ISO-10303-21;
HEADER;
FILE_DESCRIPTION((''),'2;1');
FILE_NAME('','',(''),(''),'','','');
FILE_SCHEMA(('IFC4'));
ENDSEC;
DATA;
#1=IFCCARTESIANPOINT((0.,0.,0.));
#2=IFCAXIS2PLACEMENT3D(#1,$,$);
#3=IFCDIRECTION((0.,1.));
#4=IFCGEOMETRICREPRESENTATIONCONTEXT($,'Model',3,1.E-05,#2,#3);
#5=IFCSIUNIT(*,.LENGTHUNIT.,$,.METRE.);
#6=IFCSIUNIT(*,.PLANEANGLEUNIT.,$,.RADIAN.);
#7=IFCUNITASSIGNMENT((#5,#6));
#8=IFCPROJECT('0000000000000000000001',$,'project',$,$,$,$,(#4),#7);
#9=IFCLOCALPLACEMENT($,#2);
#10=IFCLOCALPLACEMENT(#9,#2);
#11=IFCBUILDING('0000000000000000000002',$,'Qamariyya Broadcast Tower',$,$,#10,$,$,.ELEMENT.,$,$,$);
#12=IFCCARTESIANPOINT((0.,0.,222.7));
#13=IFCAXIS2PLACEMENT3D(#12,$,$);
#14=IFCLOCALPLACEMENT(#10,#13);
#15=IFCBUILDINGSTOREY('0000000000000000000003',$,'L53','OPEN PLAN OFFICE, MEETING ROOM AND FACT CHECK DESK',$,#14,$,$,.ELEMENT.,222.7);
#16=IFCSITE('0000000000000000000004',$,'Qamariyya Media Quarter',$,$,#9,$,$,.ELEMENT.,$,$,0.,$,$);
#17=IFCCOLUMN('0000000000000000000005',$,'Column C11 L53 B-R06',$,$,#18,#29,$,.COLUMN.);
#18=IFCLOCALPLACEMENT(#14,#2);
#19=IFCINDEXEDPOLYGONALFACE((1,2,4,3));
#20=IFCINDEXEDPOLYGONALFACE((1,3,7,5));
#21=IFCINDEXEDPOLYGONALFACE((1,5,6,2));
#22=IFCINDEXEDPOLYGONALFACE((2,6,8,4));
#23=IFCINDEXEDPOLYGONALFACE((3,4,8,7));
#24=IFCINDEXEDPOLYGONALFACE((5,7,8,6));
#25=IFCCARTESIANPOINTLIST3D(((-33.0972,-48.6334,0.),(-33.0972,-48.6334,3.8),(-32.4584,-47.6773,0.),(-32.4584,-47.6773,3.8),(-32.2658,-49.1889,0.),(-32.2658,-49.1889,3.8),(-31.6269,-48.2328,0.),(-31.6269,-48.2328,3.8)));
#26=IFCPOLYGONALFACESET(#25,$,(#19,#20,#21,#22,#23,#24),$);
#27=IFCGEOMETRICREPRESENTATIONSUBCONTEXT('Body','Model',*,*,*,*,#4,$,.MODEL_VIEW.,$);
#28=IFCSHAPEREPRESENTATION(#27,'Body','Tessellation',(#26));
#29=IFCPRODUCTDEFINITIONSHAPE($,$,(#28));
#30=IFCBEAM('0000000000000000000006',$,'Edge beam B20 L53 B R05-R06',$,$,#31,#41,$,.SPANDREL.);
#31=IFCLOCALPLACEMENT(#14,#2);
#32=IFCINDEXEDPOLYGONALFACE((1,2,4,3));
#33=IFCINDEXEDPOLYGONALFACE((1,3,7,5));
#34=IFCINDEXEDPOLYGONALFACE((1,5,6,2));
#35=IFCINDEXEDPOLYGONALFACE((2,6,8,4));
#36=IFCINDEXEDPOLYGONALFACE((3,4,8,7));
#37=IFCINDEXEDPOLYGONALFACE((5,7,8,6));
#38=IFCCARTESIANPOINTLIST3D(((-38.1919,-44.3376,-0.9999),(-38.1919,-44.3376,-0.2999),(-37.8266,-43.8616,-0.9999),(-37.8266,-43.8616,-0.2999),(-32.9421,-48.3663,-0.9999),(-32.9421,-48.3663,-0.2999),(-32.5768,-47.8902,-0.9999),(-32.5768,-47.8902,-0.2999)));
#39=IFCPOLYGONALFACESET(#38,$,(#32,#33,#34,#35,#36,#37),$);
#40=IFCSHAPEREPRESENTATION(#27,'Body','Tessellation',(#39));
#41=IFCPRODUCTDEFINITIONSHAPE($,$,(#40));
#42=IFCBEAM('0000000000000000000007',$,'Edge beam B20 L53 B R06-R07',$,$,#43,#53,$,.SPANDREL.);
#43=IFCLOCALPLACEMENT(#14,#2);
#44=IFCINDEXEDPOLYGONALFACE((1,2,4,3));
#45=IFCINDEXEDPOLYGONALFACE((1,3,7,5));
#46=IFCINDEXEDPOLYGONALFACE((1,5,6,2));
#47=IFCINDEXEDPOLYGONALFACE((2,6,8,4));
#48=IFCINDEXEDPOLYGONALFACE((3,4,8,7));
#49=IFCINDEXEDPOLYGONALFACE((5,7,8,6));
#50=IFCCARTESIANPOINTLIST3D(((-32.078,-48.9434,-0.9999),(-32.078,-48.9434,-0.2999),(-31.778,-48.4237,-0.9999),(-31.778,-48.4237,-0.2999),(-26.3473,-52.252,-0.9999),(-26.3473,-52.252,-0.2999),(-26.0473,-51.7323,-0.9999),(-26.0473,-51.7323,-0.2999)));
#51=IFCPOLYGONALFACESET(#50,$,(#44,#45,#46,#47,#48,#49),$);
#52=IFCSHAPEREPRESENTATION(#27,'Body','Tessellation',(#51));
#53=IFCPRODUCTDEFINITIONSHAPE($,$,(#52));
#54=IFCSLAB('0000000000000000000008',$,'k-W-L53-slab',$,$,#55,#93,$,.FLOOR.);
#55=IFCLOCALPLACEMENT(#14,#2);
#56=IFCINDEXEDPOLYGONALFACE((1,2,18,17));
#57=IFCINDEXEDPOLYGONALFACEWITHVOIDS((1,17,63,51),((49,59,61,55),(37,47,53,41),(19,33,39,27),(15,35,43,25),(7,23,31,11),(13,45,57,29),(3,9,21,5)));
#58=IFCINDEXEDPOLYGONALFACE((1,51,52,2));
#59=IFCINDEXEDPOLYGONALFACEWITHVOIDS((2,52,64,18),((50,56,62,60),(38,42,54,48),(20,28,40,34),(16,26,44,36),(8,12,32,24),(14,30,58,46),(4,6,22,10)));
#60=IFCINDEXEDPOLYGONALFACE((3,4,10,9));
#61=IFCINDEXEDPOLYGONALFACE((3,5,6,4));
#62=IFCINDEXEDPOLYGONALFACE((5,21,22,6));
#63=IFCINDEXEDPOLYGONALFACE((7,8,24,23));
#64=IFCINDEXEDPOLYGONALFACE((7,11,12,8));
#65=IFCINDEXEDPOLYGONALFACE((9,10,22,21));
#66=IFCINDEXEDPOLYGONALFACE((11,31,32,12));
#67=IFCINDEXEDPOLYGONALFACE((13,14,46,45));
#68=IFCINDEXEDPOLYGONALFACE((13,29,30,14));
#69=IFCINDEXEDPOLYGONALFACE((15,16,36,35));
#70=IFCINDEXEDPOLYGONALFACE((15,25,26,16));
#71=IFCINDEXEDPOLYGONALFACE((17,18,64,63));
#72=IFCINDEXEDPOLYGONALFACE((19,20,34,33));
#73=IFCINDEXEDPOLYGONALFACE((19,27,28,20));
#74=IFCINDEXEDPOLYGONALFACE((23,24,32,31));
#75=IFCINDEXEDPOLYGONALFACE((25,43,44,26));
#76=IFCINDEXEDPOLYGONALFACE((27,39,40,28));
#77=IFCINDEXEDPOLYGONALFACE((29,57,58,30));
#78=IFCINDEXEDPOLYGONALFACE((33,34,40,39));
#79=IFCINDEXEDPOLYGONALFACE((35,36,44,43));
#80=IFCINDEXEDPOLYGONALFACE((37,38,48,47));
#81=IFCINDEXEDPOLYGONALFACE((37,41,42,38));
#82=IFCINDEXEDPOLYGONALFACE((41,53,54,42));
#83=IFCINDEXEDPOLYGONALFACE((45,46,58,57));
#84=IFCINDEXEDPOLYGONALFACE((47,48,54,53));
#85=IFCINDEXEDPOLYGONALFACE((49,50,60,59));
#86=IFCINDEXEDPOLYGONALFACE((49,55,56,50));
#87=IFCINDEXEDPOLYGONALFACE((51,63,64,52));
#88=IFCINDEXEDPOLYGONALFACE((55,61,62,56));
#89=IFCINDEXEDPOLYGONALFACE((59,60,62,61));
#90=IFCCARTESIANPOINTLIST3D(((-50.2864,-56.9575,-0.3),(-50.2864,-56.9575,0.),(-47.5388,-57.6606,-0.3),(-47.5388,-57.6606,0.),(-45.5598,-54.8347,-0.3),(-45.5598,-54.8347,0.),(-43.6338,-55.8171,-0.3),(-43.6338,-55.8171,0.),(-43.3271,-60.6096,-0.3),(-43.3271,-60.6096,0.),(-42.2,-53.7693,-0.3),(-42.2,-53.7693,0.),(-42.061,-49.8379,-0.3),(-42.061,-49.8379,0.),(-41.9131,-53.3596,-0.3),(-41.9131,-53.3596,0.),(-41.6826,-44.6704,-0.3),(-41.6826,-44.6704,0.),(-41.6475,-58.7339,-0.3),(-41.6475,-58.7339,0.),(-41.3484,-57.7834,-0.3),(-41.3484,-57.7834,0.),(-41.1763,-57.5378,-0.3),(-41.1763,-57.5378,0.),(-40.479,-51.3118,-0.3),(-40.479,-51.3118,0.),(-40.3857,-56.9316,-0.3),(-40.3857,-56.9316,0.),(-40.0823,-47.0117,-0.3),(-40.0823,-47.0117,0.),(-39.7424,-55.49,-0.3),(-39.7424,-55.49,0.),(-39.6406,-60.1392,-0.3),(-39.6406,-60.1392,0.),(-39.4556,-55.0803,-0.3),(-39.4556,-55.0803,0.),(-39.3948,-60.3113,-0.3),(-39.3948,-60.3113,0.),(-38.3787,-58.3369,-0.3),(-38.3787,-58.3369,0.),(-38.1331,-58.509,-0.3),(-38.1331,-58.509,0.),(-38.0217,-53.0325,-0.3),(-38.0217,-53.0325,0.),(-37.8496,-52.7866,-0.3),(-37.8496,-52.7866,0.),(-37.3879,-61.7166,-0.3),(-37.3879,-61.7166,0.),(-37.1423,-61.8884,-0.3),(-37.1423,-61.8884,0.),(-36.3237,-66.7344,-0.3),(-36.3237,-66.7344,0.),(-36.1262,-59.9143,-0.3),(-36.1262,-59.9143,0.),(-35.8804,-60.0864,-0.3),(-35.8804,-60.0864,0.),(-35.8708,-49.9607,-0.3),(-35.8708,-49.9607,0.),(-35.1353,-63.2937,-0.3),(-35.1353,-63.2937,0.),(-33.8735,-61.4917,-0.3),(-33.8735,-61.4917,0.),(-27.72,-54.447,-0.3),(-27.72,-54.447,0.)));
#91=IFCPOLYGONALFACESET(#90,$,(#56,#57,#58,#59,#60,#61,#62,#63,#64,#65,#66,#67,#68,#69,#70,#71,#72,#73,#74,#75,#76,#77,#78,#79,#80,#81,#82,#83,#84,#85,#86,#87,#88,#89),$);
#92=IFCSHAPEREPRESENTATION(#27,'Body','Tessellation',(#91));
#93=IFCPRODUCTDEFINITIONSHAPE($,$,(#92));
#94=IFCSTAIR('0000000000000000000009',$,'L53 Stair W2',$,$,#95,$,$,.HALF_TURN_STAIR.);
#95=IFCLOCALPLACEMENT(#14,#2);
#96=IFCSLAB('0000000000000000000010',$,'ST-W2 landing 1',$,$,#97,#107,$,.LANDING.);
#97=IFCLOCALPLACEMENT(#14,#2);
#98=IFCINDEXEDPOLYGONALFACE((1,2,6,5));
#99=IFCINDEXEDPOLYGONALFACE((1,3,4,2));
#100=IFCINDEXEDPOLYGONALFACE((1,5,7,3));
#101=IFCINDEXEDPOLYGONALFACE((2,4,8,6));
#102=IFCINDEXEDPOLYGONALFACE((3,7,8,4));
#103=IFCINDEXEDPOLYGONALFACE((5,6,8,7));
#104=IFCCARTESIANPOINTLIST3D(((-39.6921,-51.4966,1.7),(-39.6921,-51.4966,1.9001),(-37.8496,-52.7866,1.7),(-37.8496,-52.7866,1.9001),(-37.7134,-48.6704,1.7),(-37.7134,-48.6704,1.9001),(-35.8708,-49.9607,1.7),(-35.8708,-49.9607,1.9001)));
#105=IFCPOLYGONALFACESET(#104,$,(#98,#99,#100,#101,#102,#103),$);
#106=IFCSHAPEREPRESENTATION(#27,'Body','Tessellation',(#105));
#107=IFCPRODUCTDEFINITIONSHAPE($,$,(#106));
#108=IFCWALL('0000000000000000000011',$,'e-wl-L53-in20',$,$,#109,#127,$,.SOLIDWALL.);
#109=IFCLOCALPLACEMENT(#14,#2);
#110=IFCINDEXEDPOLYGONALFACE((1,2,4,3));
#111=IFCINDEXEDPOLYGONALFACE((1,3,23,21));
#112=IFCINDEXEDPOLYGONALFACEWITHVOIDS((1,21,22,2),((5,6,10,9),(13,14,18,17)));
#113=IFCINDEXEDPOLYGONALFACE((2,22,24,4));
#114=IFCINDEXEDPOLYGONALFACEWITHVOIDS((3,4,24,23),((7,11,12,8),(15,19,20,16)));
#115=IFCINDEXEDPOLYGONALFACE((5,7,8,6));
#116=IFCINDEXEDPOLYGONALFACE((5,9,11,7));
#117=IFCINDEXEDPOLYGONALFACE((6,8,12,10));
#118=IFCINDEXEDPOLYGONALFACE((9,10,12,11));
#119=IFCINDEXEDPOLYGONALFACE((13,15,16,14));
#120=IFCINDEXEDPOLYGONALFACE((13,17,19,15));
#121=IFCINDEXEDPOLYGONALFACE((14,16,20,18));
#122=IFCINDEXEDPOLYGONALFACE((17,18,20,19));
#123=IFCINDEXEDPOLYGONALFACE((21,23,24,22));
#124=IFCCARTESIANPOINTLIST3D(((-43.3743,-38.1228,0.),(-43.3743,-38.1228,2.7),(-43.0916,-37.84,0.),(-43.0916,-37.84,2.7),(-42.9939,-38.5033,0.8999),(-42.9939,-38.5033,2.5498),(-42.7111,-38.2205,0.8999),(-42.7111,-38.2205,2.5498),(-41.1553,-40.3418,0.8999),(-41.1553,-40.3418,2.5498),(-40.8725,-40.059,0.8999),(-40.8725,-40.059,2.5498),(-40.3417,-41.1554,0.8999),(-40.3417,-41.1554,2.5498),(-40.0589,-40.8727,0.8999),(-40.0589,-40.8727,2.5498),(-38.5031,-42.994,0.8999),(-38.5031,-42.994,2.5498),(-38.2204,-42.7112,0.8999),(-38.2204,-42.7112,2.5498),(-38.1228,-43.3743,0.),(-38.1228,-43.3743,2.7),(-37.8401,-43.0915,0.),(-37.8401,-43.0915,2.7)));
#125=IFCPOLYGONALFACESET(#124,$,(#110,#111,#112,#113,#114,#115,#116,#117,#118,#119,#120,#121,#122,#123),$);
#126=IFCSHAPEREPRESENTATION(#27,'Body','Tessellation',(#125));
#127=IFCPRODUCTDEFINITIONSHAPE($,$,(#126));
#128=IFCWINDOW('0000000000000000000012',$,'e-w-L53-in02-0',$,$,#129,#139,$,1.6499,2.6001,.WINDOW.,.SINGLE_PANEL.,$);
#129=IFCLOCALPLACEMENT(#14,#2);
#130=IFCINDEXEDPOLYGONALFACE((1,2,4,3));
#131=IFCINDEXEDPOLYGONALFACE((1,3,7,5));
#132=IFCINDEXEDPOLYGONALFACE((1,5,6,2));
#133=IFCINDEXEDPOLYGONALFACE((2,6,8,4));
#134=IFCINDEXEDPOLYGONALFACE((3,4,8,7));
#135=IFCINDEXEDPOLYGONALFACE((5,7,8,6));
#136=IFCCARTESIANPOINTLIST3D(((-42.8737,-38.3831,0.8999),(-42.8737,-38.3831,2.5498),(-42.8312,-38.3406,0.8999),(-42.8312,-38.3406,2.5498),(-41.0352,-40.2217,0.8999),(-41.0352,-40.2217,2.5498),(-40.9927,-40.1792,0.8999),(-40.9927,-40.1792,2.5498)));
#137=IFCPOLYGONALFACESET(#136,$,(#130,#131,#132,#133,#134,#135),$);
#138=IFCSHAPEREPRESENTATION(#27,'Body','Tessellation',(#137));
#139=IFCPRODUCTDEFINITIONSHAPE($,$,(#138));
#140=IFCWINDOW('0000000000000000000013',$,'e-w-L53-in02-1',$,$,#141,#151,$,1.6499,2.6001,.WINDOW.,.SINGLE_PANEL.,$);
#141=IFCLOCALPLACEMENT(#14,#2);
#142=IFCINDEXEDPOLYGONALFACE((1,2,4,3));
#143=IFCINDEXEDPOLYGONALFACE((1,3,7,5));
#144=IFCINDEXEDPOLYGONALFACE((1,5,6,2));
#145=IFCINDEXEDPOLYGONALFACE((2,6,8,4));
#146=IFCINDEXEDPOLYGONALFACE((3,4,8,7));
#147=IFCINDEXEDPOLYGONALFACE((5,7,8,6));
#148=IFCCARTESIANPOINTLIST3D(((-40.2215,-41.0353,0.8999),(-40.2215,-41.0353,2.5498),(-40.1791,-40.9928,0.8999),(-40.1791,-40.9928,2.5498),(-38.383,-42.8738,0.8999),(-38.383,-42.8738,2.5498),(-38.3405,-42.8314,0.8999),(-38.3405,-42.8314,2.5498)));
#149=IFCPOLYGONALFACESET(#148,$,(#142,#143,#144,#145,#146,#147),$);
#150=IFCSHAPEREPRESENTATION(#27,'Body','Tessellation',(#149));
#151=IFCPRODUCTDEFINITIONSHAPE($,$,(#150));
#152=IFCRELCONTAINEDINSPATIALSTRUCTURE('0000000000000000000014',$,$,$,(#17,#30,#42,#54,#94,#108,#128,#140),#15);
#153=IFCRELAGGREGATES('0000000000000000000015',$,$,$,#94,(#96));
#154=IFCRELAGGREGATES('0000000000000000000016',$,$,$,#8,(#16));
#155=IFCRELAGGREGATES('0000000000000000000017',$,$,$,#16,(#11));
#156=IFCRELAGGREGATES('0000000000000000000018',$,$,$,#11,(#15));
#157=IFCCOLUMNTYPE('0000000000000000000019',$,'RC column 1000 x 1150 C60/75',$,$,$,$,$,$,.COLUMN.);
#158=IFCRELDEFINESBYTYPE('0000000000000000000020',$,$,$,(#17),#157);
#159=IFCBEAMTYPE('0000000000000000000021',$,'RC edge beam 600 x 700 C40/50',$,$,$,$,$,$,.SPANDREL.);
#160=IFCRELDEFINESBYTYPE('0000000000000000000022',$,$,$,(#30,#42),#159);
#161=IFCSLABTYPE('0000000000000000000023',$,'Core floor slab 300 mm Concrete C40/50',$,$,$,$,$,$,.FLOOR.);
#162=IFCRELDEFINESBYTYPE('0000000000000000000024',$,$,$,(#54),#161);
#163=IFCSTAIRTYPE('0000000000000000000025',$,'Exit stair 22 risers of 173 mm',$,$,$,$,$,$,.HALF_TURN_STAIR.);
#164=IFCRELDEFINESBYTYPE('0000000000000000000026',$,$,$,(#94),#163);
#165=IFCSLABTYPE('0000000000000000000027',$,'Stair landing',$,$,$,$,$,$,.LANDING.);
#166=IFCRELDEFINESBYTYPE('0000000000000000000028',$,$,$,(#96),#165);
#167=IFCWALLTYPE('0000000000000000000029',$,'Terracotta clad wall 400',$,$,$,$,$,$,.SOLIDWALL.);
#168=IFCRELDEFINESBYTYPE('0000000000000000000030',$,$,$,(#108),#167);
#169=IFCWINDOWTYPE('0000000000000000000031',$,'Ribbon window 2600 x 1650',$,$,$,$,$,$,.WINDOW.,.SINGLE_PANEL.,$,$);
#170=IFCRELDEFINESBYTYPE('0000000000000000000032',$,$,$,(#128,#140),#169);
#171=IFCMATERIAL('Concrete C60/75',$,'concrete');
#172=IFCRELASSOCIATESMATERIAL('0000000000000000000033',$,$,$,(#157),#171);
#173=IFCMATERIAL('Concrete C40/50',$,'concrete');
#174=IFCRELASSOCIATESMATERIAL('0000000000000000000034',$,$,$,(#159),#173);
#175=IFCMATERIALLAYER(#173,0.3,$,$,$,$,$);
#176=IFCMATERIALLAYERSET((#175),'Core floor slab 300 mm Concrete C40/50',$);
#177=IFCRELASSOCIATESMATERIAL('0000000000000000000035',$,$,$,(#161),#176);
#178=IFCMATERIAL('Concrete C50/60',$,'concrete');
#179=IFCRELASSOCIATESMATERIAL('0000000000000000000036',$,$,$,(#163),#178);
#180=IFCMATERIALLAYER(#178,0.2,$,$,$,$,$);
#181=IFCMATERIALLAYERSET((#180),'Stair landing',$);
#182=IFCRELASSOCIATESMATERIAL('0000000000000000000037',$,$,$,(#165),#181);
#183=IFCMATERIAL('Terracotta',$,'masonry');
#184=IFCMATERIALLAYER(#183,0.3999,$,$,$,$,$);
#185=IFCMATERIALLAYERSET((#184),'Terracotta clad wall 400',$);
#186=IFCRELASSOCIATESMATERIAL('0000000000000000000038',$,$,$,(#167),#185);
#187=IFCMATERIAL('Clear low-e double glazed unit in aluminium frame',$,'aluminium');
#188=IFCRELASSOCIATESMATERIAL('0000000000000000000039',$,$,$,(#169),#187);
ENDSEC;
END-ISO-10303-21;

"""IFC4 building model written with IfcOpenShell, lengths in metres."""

from ifc_helpers import new_model, si_unit, direction, frame, frame_2d, origin, origin_2d, place, context, subcontext, project, spatial, polyline, rectangle, outline, extrude, material, layer, layer_set, material_profile, profile_set, type_object, element, fill, aggregate, save


model = new_model("IFC4")

# Units and contexts
model_context = context("Model", 3, precision=1e-05, world=origin(), true_north=direction((0.0, 1.0)))
body_context = subcontext(model_context, "Body", "Model", "MODEL_VIEW")
ifc_project = project(units=[si_unit("LENGTHUNIT", "METRE"), si_unit("PLANEANGLEUNIT", "RADIAN")], contexts=[model_context])

# Site, building, storey
site_placement = place(None, origin())
site = spatial("IfcSite", under=ifc_project, at=site_placement, Name="Qamariyya Media Quarter", CompositionType="ELEMENT", RefElevation=0.0)
building_placement = place(site_placement, origin())
building = spatial("IfcBuilding", under=site, at=building_placement, Name="Qamariyya Broadcast Tower", CompositionType="ELEMENT")
storey_placement = place(building_placement, frame((0.0, 0.0, 222.7)))
storey = spatial("IfcBuildingStorey", under=building, at=storey_placement, Name="L53", Description="OPEN PLAN OFFICE, MEETING ROOM AND FACT CHECK DESK", CompositionType="ELEMENT", Elevation=222.7)

# Column
ifc_material_1 = material(Name="Concrete C60/75", Category="concrete")
ifc_material_profile_1 = material_profile(ifc_material_1, rectangle(XDim=1.0, YDim=1.1499, at=origin_2d()))
ifc_profile_set_1 = profile_set([ifc_material_profile_1], Name="Concrete C60/75")
column_type = type_object("IfcColumnType", Name="RC column 1000 x 1150 C60/75", PredefinedType="COLUMN", material=ifc_profile_set_1)
column_placement = place(storey_placement, frame((-32.3621, -48.4331, 0.0), z_axis=(0.0, 0.0, 1.0), x_axis=(0.83147, -0.55557, 0.0)))
element("IfcColumn", 1, at=column_placement, inside=storey, type_object=column_type, Name="Column C11 L53 B-R06", PredefinedType="COLUMN", context=body_context, shape_type="SweptSolid", body=[
    extrude(rectangle(XDim=1.0, YDim=1.1499, at=origin_2d()), origin(), (0.0, 0.0, 1.0), 3.8),
])

# Beams
ifc_material_2 = material(Name="Concrete C40/50", Category="concrete")
ifc_material_profile_2 = material_profile(ifc_material_2, rectangle(XDim=0.6001, YDim=0.7, at=origin_2d()))
ifc_profile_set_2 = profile_set([ifc_material_profile_2], Name="Concrete C40/50")
beam_type = type_object("IfcBeamType", Name="RC edge beam 600 x 700 C40/50", PredefinedType="SPANDREL", material=ifc_profile_set_2)
beam_1_placement = place(storey_placement, frame((-38.0093, -44.0996, -0.6499), z_axis=(0.793333, -0.608789, 0.0), x_axis=(0.608789, 0.793333, 0.0)))
element("IfcBeam", 2, at=beam_1_placement, inside=storey, type_object=beam_type, Name="Edge beam B20 L53 B R05-R06", PredefinedType="SPANDREL", context=body_context, shape_type="SweptSolid", body=[
    extrude(rectangle(XDim=0.6001, YDim=0.7, at=origin_2d()), origin(), (0.0, 0.0, 1.0), 6.6174),
])
beam_2_placement = place(storey_placement, frame((-31.928, -48.6836, -0.6499), z_axis=(0.866028, -0.499996, 0.0), x_axis=(0.499996, 0.866028, 0.0)))
element("IfcBeam", 3, at=beam_2_placement, inside=storey, type_object=beam_type, Name="Edge beam B20 L53 B R06-R07", PredefinedType="SPANDREL", context=body_context, shape_type="SweptSolid", body=[
    extrude(rectangle(XDim=0.6001, YDim=0.7, at=origin_2d()), origin(), (0.0, 0.0, 1.0), 6.6172),
])

# Slab
ifc_layer_1 = layer(ifc_material_2, 0.3)
ifc_layer_set_1 = layer_set([ifc_layer_1], Name="Core floor slab 300 mm Concrete C40/50")
slab_type_1 = type_object("IfcSlabType", Name="Core floor slab 300 mm Concrete C40/50", PredefinedType="FLOOR", material=ifc_layer_set_1)
slab_1_placement = place(storey_placement, frame((0.0, 0.0, -0.3)))
element("IfcSlab", 4, at=slab_1_placement, inside=storey, type_object=slab_type_1, Name="k-W-L53-slab", PredefinedType="FLOOR", context=body_context, shape_type="SweptSolid", body=[
    extrude(outline(polyline([(-50.2864, -56.9575), (-36.3237, -66.7344), (-27.72, -54.447), (-41.6826, -44.6704), (-50.2864, -56.9575)]), holes=[polyline([(-33.8735, -61.4917), (-35.8804, -60.0864), (-37.1423, -61.8884), (-35.1353, -63.2937), (-33.8735, -61.4917)]), polyline([(-36.1262, -59.9143), (-38.1331, -58.509), (-39.3948, -60.3113), (-37.3879, -61.7166), (-36.1262, -59.9143)]), polyline([(-38.3787, -58.3369), (-40.3857, -56.9316), (-41.6475, -58.7339), (-39.6406, -60.1392), (-38.3787, -58.3369)]), polyline([(-39.7424, -55.49), (-42.2, -53.7693), (-43.6338, -55.8171), (-41.1763, -57.5378), (-39.7424, -55.49)]), polyline([(-39.4556, -55.0803), (-41.9131, -53.3596), (-40.479, -51.3118), (-38.0217, -53.0325), (-39.4556, -55.0803)]), polyline([(-42.061, -49.8379), (-37.8496, -52.7866), (-35.8708, -49.9607), (-40.0823, -47.0117), (-42.061, -49.8379)]), polyline([(-47.5388, -57.6606), (-43.3271, -60.6096), (-41.3484, -57.7834), (-45.5598, -54.8347), (-47.5388, -57.6606)])]), origin(), (0.0, 0.0, 1.0), 0.3),
])

# Stair, slab
ifc_material_3 = material(Name="Concrete C50/60", Category="concrete")
stair_type = type_object("IfcStairType", Name="Exit stair 22 risers of 173 mm", PredefinedType="HALF_TURN_STAIR", material=ifc_material_3)
stair_placement = place(storey_placement, origin())
stair = element("IfcStair", 5, at=stair_placement, inside=storey, type_object=stair_type, Name="L53 Stair W2", PredefinedType="HALF_TURN_STAIR")
ifc_layer_2 = layer(ifc_material_3, 0.2)
ifc_layer_set_2 = layer_set([ifc_layer_2], Name="Stair landing")
slab_type_2 = type_object("IfcSlabType", Name="Stair landing", PredefinedType="LANDING", material=ifc_layer_set_2)
slab_2_placement = place(storey_placement, frame((0.0, 0.0, 1.7)))
slab_2 = element("IfcSlab", 6, at=slab_2_placement, type_object=slab_type_2, Name="ST-W2 landing 1", PredefinedType="LANDING", context=body_context, shape_type="SweptSolid", body=[
    extrude(outline(polyline([(-39.6921, -51.4966), (-37.8496, -52.7866), (-35.8708, -49.9607), (-37.7134, -48.6704), (-39.6921, -51.4966)])), origin(), (0.0, 0.0, 1.0), 0.2002),
])
aggregate(stair, [slab_2])

# Wall, openings, windows
ifc_material_4 = material(Name="Terracotta", Category="masonry")
ifc_layer_3 = layer(ifc_material_4, 0.3999)
ifc_layer_set_3 = layer_set([ifc_layer_3], Name="Terracotta clad wall 400")
wall_type = type_object("IfcWallType", Name="Terracotta clad wall 400", PredefinedType="SOLIDWALL", material=ifc_layer_set_3)
wall_1_placement = place(storey_placement, frame((-37.9814, -43.2329, 0.0), z_axis=(0.0, 0.0, 1.0), x_axis=(-0.707107, 0.707107, 0.0)))
wall_1 = element("IfcWall", 7, at=wall_1_placement, inside=storey, type_object=wall_type, Name="e-wl-L53-in20", PredefinedType="SOLIDWALL", context=body_context, shape_type="SweptSolid", body=[
    extrude(rectangle(XDim=7.4268, YDim=0.3999, at=frame_2d((3.7134, 0.0))), origin(), (0.0, 0.0, 1.0), 2.7),
])
opening_1_placement = place(wall_1_placement, frame((4.2886, 0.0, 0.8999)))
opening_1 = element("IfcOpeningElement", 8, at=opening_1_placement, cuts=wall_1, PredefinedType="OPENING", context=body_context, shape_type="SweptSolid", body=[
    extrude(rectangle(XDim=2.6001, YDim=1.6499, at=frame_2d((1.3, 0.825))), frame((0.0, 0.21, 0.0), z_axis=(0.0, -1.0, 0.0), x_axis=(1.0, 0.0, 0.0)), (0.0, 0.0, 1.0), 0.4199),
])
opening_2_placement = place(wall_1_placement, frame((0.5378, 0.0, 0.8999)))
opening_2 = element("IfcOpeningElement", 9, at=opening_2_placement, cuts=wall_1, PredefinedType="OPENING", context=body_context, shape_type="SweptSolid", body=[
    extrude(rectangle(XDim=2.6001, YDim=1.6499, at=frame_2d((1.3, 0.825))), frame((0.0, 0.21, 0.0), z_axis=(0.0, -1.0, 0.0), x_axis=(1.0, 0.0, 0.0)), (0.0, 0.0, 1.0), 0.4199),
])
ifc_material_5 = material(Name="Clear low-e double glazed unit in aluminium frame", Category="aluminium")
window_type = type_object("IfcWindowType", Name="Ribbon window 2600 x 1650", PartitioningType="SINGLE_PANEL", PredefinedType="WINDOW", material=ifc_material_5)
window_1_placement = place(opening_1_placement, origin())
window_1 = element("IfcWindow", 10, at=window_1_placement, inside=storey, type_object=window_type, Name="e-w-L53-in02-0", OverallHeight=1.6499, OverallWidth=2.6001, PartitioningType="SINGLE_PANEL", PredefinedType="WINDOW", context=body_context, shape_type="SweptSolid", body=[
    extrude(rectangle(XDim=2.6001, YDim=1.6499, at=frame_2d((1.3, 0.825))), frame((0.0, 0.03, 0.0), z_axis=(0.0, -1.0, 0.0), x_axis=(1.0, 0.0, 0.0)), (0.0, 0.0, 1.0), 0.0601),
])
fill(opening_1, window_1)
window_2_placement = place(opening_2_placement, origin())
window_2 = element("IfcWindow", 11, at=window_2_placement, inside=storey, type_object=window_type, Name="e-w-L53-in02-1", OverallHeight=1.6499, OverallWidth=2.6001, PartitioningType="SINGLE_PANEL", PredefinedType="WINDOW", context=body_context, shape_type="SweptSolid", body=[
    extrude(rectangle(XDim=2.6001, YDim=1.6499, at=frame_2d((1.3, 0.825))), frame((0.0, 0.03, 0.0), z_axis=(0.0, -1.0, 0.0), x_axis=(1.0, 0.0, 0.0)), (0.0, 0.0, 1.0), 0.0601),
])
fill(opening_2, window_2)

save(model, "model.ifc")
